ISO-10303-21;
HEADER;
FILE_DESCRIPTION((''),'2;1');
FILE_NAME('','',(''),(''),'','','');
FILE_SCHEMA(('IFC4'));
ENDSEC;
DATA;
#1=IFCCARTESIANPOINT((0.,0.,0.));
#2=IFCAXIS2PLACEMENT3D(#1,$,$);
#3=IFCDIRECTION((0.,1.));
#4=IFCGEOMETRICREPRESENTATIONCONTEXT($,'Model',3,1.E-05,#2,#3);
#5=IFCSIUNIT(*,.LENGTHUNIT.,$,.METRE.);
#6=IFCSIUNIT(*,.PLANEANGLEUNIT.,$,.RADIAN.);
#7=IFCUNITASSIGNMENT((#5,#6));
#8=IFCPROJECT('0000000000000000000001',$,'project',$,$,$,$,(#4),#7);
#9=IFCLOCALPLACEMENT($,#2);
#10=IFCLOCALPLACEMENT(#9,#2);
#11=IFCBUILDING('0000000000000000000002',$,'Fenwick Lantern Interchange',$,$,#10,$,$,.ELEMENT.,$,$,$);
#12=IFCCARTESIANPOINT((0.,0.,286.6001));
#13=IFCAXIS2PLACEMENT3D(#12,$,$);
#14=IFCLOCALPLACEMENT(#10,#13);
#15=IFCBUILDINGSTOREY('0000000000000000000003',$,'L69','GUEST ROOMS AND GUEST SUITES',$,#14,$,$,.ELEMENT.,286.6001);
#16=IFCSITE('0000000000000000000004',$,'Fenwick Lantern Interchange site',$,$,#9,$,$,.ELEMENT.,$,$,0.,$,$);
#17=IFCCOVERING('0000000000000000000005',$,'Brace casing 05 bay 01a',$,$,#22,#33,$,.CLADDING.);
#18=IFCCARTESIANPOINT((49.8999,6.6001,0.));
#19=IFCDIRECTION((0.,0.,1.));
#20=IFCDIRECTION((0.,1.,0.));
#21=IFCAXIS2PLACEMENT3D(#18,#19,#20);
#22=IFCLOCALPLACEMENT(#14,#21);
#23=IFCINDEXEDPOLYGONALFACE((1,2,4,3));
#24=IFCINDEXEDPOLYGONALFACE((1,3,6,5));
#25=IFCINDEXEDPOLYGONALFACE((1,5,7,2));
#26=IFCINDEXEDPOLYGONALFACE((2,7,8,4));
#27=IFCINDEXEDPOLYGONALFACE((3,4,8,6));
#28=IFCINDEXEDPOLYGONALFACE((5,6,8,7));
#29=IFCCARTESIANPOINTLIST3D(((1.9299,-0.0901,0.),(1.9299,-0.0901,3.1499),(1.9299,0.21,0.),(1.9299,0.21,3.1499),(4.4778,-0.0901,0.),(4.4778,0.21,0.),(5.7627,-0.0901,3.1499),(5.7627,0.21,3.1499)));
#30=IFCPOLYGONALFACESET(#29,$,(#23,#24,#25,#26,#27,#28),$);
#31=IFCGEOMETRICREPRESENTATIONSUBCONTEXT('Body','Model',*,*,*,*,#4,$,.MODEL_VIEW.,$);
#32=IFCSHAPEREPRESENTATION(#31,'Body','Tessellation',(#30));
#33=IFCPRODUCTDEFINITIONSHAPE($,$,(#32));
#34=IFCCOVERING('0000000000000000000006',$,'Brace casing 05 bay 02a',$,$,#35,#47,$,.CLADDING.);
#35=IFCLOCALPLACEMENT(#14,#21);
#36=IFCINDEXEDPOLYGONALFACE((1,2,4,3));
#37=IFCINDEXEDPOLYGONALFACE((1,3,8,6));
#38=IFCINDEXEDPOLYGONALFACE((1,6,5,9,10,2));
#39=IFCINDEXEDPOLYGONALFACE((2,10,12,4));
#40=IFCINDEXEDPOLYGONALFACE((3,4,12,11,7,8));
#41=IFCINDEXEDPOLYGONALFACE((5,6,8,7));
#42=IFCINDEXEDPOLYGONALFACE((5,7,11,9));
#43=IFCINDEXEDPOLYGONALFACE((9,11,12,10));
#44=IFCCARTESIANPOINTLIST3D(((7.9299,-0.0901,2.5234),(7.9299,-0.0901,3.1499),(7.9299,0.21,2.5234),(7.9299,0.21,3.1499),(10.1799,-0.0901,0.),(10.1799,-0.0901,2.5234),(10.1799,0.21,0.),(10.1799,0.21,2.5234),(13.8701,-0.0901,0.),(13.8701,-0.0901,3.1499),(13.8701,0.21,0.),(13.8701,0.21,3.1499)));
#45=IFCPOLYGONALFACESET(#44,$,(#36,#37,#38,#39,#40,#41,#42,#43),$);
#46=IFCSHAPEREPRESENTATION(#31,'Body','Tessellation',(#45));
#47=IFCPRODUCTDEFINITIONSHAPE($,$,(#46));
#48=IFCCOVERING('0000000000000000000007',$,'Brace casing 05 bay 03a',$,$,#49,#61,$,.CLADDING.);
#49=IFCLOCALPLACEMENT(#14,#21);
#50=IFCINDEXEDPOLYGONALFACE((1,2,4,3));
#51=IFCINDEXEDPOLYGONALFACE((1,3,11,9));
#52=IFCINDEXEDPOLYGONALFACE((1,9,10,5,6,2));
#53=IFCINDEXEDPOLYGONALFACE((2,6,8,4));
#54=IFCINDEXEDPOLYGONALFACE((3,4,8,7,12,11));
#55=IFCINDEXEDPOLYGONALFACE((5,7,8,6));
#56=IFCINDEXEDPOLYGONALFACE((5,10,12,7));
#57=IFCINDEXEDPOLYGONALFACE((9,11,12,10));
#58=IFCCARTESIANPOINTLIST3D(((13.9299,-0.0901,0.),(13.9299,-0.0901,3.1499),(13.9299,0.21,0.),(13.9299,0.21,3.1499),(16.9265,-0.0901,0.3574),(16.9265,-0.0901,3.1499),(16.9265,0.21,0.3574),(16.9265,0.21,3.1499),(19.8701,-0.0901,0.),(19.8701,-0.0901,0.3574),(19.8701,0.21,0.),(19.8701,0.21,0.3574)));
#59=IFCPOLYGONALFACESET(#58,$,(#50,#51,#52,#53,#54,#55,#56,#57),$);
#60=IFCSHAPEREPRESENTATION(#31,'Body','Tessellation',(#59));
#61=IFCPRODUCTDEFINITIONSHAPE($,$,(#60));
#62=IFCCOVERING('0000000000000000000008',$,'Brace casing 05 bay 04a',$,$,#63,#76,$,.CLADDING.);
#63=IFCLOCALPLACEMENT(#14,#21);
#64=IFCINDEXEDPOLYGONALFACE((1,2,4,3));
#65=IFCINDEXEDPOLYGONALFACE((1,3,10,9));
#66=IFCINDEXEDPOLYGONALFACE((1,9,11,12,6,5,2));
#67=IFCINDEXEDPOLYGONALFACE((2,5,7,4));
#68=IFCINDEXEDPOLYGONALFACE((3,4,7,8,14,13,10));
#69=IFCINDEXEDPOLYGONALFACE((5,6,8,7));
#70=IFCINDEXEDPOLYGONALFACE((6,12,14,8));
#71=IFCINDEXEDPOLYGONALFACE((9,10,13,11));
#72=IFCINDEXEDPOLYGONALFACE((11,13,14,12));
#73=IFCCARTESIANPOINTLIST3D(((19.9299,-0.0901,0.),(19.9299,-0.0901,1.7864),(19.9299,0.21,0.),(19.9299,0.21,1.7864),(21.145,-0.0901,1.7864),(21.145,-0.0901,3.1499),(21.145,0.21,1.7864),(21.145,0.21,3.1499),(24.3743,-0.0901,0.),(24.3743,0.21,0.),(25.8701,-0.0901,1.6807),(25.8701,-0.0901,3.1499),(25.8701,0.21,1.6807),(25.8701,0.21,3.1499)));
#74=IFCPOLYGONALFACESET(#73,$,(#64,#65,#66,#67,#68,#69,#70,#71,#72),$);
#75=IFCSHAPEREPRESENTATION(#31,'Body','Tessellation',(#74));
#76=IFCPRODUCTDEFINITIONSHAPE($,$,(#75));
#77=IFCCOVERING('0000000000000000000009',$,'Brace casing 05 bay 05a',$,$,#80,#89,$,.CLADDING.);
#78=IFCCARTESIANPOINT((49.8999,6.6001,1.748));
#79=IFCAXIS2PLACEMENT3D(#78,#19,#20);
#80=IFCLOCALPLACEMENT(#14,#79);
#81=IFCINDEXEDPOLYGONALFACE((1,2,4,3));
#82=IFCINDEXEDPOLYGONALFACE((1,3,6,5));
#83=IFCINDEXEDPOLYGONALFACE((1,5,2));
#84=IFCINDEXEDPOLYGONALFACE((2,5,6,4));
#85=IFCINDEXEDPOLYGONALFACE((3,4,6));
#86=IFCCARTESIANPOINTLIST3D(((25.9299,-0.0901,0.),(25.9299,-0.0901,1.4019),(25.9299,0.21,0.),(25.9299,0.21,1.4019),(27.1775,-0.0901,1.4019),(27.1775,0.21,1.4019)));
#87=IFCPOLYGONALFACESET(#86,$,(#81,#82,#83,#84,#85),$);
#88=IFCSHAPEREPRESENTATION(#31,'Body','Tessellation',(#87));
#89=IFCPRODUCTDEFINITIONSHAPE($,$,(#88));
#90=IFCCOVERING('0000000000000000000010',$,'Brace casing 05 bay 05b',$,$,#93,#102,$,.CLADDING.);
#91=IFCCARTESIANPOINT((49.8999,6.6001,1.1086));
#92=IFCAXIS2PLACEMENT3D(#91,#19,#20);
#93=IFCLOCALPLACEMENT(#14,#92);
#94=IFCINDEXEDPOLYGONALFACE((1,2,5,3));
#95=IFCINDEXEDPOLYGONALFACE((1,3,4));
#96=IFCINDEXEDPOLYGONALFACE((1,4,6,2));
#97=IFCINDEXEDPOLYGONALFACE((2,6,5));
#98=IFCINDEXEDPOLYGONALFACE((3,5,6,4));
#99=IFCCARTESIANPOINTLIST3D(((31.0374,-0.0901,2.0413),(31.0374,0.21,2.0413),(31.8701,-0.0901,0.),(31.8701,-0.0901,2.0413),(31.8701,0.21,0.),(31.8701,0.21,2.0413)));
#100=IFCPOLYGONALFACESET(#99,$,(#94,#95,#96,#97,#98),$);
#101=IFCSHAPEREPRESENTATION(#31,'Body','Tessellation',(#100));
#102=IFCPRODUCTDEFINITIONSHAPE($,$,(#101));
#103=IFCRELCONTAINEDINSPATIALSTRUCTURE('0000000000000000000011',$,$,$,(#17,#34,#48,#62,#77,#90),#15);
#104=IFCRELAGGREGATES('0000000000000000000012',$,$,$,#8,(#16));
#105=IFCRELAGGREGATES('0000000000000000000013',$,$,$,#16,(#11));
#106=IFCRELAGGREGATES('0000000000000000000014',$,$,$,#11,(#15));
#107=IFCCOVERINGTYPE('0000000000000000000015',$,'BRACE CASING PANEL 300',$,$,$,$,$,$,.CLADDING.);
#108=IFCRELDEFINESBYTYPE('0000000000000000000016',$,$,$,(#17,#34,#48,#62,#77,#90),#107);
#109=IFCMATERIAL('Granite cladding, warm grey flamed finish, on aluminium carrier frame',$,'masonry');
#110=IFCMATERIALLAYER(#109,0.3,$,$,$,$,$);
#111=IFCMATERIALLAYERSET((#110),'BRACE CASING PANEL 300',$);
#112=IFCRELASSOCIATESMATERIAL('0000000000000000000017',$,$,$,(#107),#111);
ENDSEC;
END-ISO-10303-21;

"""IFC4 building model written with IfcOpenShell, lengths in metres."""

from ifc_helpers import new_model, si_unit, direction, frame, origin, place, context, subcontext, project, spatial, polyline, outline, extrude, material, layer, layer_set, type_object, element, save


model = new_model("IFC4")

# Units and contexts
model_context = context("Model", 3, precision=1e-05, world=origin(), true_north=direction((0.0, 1.0)))
body_context = subcontext(model_context, "Body", "Model", "MODEL_VIEW")
ifc_project = project(units=[si_unit("LENGTHUNIT", "METRE"), si_unit("PLANEANGLEUNIT", "RADIAN")], contexts=[model_context])

# Site, building, storey
site_placement = place(None, origin())
site = spatial("IfcSite", under=ifc_project, at=site_placement, Name="Fenwick Lantern Interchange site", CompositionType="ELEMENT", RefElevation=0.0)
building_placement = place(site_placement, origin())
building = spatial("IfcBuilding", under=site, at=building_placement, Name="Fenwick Lantern Interchange", CompositionType="ELEMENT")
storey_placement = place(building_placement, frame((0.0, 0.0, 286.6001)))
storey = spatial("IfcBuildingStorey", under=building, at=storey_placement, Name="L69", Description="GUEST ROOMS AND GUEST SUITES", CompositionType="ELEMENT", Elevation=286.6001)

# Coverings
ifc_material_1 = material(Name="Granite cladding, warm grey flamed finish, on aluminium carrier frame", Category="masonry")
ifc_layer_1 = layer(ifc_material_1, 0.3)
ifc_layer_set_1 = layer_set([ifc_layer_1], Name="BRACE CASING PANEL 300")
covering_type = type_object("IfcCoveringType", Name="BRACE CASING PANEL 300", PredefinedType="CLADDING", material=ifc_layer_set_1)
covering_1_placement = place(storey_placement, frame((49.8999, 6.6001, 0.0), z_axis=(0.0, 0.0, 1.0), x_axis=(0.0, 1.0, 0.0)))
element("IfcCovering", 1, at=covering_1_placement, inside=storey, type_object=covering_type, Name="Brace casing 05 bay 01a", PredefinedType="CLADDING", context=body_context, shape_type="SweptSolid", body=[
    extrude(outline(polyline([(1.9299, 0.0), (4.4778, 0.0), (5.7627, 3.1499), (1.9299, 3.1499), (1.9299, 0.0)])), frame((0.0, 0.21, 0.0), z_axis=(0.0, -1.0, 0.0), x_axis=(1.0, 0.0, 0.0)), (0.0, 0.0, 1.0), 0.3),
])
covering_2_placement = place(storey_placement, frame((49.8999, 6.6001, 0.0), z_axis=(0.0, 0.0, 1.0), x_axis=(0.0, 1.0, 0.0)))
element("IfcCovering", 2, at=covering_2_placement, inside=storey, type_object=covering_type, Name="Brace casing 05 bay 02a", PredefinedType="CLADDING", context=body_context, shape_type="SweptSolid", body=[
    extrude(outline(polyline([(10.1799, 0.0), (13.8701, 0.0), (13.8701, 3.1499), (7.9299, 3.1499), (7.9299, 2.5234), (10.1799, 2.5234), (10.1799, 0.0)])), frame((0.0, 0.21, 0.0), z_axis=(0.0, -1.0, 0.0), x_axis=(1.0, 0.0, 0.0)), (0.0, 0.0, 1.0), 0.3),
])
covering_3_placement = place(storey_placement, frame((49.8999, 6.6001, 0.0), z_axis=(0.0, 0.0, 1.0), x_axis=(0.0, 1.0, 0.0)))
element("IfcCovering", 3, at=covering_3_placement, inside=storey, type_object=covering_type, Name="Brace casing 05 bay 03a", PredefinedType="CLADDING", context=body_context, shape_type="SweptSolid", body=[
    extrude(outline(polyline([(13.9299, 0.0), (19.8701, 0.0), (19.8701, 0.3574), (16.9265, 0.3574), (16.9265, 3.1499), (13.9299, 3.1499), (13.9299, 0.0)])), frame((0.0, 0.21, 0.0), z_axis=(0.0, -1.0, 0.0), x_axis=(1.0, 0.0, 0.0)), (0.0, 0.0, 1.0), 0.3),
])
covering_4_placement = place(storey_placement, frame((49.8999, 6.6001, 0.0), z_axis=(0.0, 0.0, 1.0), x_axis=(0.0, 1.0, 0.0)))
element("IfcCovering", 4, at=covering_4_placement, inside=storey, type_object=covering_type, Name="Brace casing 05 bay 04a", PredefinedType="CLADDING", context=body_context, shape_type="SweptSolid", body=[
    extrude(outline(polyline([(19.9299, 0.0), (24.3743, 0.0), (25.8701, 1.6807), (25.8701, 3.1499), (21.145, 3.1499), (21.145, 1.7864), (19.9299, 1.7864), (19.9299, 0.0)])), frame((0.0, 0.21, 0.0), z_axis=(0.0, -1.0, 0.0), x_axis=(1.0, 0.0, 0.0)), (0.0, 0.0, 1.0), 0.3),
])
covering_5_placement = place(storey_placement, frame((49.8999, 6.6001, 1.748), z_axis=(0.0, 0.0, 1.0), x_axis=(0.0, 1.0, 0.0)))
element("IfcCovering", 5, at=covering_5_placement, inside=storey, type_object=covering_type, Name="Brace casing 05 bay 05a", PredefinedType="CLADDING", context=body_context, shape_type="SweptSolid", body=[
    extrude(outline(polyline([(25.9299, 0.0), (27.1775, 1.4019), (25.9299, 1.4019), (25.9299, 0.0)])), frame((0.0, 0.21, 0.0), z_axis=(0.0, -1.0, 0.0), x_axis=(1.0, 0.0, 0.0)), (0.0, 0.0, 1.0), 0.3),
])
covering_6_placement = place(storey_placement, frame((49.8999, 6.6001, 1.1086), z_axis=(0.0, 0.0, 1.0), x_axis=(0.0, 1.0, 0.0)))
element("IfcCovering", 6, at=covering_6_placement, inside=storey, type_object=covering_type, Name="Brace casing 05 bay 05b", PredefinedType="CLADDING", context=body_context, shape_type="SweptSolid", body=[
    extrude(outline(polyline([(31.8701, 0.0), (31.8701, 2.0413), (31.0374, 2.0413), (31.8701, 0.0)])), frame((0.0, 0.21, 0.0), z_axis=(0.0, -1.0, 0.0), x_axis=(1.0, 0.0, 0.0)), (0.0, 0.0, 1.0), 0.3),
])

save(model, "model.ifc")
